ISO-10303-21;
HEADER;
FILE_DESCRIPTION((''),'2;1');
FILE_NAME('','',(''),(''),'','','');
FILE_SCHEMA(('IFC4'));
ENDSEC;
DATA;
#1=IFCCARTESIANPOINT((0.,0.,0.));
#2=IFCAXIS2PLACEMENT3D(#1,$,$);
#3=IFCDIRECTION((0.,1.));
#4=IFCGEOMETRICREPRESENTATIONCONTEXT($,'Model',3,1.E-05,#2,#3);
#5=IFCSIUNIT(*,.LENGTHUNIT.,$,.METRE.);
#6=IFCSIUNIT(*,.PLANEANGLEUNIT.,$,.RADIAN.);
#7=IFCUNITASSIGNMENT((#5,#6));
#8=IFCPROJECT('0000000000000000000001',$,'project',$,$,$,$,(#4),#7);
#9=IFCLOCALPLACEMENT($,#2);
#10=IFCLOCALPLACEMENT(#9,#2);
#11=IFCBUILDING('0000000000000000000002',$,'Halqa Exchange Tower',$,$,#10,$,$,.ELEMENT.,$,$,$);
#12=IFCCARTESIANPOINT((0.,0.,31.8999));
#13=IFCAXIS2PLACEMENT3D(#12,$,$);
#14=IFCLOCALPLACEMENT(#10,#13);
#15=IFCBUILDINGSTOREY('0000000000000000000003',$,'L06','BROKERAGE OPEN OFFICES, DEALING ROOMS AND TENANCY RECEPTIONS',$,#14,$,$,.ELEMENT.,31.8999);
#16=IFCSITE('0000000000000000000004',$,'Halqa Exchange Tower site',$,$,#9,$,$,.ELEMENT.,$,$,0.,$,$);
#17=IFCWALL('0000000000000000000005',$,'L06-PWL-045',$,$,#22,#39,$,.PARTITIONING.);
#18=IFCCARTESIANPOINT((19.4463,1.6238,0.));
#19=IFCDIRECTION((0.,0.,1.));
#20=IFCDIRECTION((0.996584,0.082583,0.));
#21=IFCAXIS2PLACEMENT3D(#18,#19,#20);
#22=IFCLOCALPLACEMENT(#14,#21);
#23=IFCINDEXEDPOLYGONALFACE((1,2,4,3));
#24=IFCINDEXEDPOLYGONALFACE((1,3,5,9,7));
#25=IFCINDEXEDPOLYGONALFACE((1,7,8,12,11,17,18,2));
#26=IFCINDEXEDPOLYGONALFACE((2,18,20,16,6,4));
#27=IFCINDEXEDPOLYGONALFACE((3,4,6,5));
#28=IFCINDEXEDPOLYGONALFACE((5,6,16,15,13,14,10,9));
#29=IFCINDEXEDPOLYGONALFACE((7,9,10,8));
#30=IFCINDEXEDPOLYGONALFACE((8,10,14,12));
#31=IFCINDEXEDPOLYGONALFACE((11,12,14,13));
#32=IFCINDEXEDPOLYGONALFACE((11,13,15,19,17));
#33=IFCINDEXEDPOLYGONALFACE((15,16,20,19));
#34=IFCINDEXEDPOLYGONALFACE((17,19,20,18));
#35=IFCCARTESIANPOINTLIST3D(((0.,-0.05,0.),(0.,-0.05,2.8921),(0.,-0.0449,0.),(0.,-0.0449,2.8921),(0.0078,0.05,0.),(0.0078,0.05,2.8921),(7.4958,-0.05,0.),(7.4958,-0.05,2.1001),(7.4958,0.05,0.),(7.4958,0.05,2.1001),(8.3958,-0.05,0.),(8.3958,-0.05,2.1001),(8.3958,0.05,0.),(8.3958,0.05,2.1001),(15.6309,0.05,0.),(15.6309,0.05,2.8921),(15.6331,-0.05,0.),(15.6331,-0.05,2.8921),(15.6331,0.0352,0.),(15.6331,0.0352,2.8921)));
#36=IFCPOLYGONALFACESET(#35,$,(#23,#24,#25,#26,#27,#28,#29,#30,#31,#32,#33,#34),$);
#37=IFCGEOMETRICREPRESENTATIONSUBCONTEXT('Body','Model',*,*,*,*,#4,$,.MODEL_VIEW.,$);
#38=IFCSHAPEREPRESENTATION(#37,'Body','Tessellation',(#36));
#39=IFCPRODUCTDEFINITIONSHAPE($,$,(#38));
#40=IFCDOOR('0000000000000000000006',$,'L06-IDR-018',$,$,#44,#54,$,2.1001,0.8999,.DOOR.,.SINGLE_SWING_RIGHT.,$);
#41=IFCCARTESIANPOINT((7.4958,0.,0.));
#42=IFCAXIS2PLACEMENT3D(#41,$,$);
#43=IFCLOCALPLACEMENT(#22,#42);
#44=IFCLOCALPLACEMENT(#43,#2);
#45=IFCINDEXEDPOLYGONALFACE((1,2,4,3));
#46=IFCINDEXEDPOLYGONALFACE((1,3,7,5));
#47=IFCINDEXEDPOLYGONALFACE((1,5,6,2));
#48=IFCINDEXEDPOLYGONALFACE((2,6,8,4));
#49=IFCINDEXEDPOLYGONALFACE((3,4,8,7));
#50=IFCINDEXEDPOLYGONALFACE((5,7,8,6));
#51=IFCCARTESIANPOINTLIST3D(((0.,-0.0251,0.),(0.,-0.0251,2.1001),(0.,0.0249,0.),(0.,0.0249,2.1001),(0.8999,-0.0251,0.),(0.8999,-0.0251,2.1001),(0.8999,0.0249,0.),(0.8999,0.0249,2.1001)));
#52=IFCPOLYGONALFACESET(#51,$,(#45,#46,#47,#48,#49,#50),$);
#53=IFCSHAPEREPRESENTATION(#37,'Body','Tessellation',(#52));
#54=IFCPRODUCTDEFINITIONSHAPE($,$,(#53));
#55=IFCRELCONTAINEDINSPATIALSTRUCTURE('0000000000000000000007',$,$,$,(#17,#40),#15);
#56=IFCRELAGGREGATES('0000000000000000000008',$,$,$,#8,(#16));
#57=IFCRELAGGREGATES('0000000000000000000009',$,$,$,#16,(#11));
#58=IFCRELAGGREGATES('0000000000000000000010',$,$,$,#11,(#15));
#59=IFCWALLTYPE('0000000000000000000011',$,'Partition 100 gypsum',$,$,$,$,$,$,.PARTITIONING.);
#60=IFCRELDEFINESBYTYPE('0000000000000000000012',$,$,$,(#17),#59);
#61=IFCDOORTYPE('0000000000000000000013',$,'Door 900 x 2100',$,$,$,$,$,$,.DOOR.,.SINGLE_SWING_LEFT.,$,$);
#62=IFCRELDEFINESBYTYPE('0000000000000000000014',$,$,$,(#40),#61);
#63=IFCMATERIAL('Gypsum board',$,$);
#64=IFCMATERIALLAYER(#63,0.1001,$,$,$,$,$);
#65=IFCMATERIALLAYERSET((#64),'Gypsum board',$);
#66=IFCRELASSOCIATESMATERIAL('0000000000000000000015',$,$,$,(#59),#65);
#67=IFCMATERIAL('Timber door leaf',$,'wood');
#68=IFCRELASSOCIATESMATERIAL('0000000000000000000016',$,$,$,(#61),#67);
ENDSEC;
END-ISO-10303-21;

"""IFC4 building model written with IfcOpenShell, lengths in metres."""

from ifc_helpers import new_model, si_unit, direction, frame, frame_2d, origin, place, context, subcontext, project, spatial, polyline, rectangle, outline, extrude, material, layer, layer_set, type_object, element, fill, save


model = new_model("IFC4")

# Units and contexts
model_context = context("Model", 3, precision=1e-05, world=origin(), true_north=direction((0.0, 1.0)))
body_context = subcontext(model_context, "Body", "Model", "MODEL_VIEW")
ifc_project = project(units=[si_unit("LENGTHUNIT", "METRE"), si_unit("PLANEANGLEUNIT", "RADIAN")], contexts=[model_context])

# Site, building, storey
site_placement = place(None, origin())
site = spatial("IfcSite", under=ifc_project, at=site_placement, Name="Halqa Exchange Tower site", CompositionType="ELEMENT", RefElevation=0.0)
building_placement = place(site_placement, origin())
building = spatial("IfcBuilding", under=site, at=building_placement, Name="Halqa Exchange Tower", CompositionType="ELEMENT")
storey_placement = place(building_placement, frame((0.0, 0.0, 31.8999)))
storey = spatial("IfcBuildingStorey", under=building, at=storey_placement, Name="L06", Description="BROKERAGE OPEN OFFICES, DEALING ROOMS AND TENANCY RECEPTIONS", CompositionType="ELEMENT", Elevation=31.8999)

# Wall, opening, door
ifc_material_1 = material(Name="Gypsum board")
ifc_layer_1 = layer(ifc_material_1, 0.1001)
ifc_layer_set_1 = layer_set([ifc_layer_1], Name="Gypsum board")
wall_type_1 = type_object("IfcWallType", Name="Partition 100 gypsum", PredefinedType="PARTITIONING", material=ifc_layer_set_1)
wall_1_placement = place(storey_placement, frame((19.4463, 1.6238, 0.0), z_axis=(0.0, 0.0, 1.0), x_axis=(0.996584, 0.082583, 0.0)))
wall_1 = element("IfcWall", 1, at=wall_1_placement, inside=storey, type_object=wall_type_1, Name="L06-PWL-045", PredefinedType="PARTITIONING", context=body_context, shape_type="SweptSolid", body=[
    extrude(outline(polyline([(15.6331, -0.05), (15.6331, 0.0352), (15.6309, 0.05), (13.678, 0.05), (11.7251, 0.05), (9.7722, 0.05), (7.8193, 0.05), (5.8665, 0.05), (3.9136, 0.05), (1.9607, 0.05), (0.0078, 0.05), (0.0, -0.0449), (0.0, -0.05), (1.9541, -0.05), (3.9082, -0.05), (5.8623, -0.05), (7.8164, -0.05), (9.7708, -0.05), (11.7249, -0.05), (13.679, -0.05), (15.6331, -0.05)])), origin(), (0.0, 0.0, 1.0), 2.8921),
])
opening_1_placement = place(wall_1_placement, frame((7.4958, 0.0, 0.0)))
opening_1 = element("IfcOpeningElement", 2, at=opening_1_placement, cuts=wall_1, PredefinedType="OPENING", context=body_context, shape_type="SweptSolid", body=[
    extrude(rectangle(XDim=0.8999, YDim=2.1001, at=frame_2d((0.45, 1.05))), frame((0.0, 0.062, 0.0), z_axis=(0.0, -1.0, 0.0), x_axis=(1.0, 0.0, 0.0)), (0.0, 0.0, 1.0), 0.124),
])
ifc_material_2 = material(Name="Timber door leaf", Category="wood")
door_type = type_object("IfcDoorType", Name="Door 900 x 2100", OperationType="SINGLE_SWING_LEFT", PredefinedType="DOOR", material=ifc_material_2)
door_1_placement = place(opening_1_placement, origin())
door_1 = element("IfcDoor", 3, at=door_1_placement, inside=storey, type_object=door_type, Name="L06-IDR-018", OperationType="SINGLE_SWING_RIGHT", OverallHeight=2.1001, OverallWidth=0.8999, PredefinedType="DOOR", context=body_context, shape_type="SweptSolid", body=[
    extrude(rectangle(XDim=0.8999, YDim=2.1001, at=frame_2d((0.45, 1.05))), frame((0.0, 0.0249, 0.0), z_axis=(0.0, -1.0, 0.0), x_axis=(1.0, 0.0, 0.0)), (0.0, 0.0, 1.0), 0.05),
])
fill(opening_1, door_1)

save(model, "model.ifc")
